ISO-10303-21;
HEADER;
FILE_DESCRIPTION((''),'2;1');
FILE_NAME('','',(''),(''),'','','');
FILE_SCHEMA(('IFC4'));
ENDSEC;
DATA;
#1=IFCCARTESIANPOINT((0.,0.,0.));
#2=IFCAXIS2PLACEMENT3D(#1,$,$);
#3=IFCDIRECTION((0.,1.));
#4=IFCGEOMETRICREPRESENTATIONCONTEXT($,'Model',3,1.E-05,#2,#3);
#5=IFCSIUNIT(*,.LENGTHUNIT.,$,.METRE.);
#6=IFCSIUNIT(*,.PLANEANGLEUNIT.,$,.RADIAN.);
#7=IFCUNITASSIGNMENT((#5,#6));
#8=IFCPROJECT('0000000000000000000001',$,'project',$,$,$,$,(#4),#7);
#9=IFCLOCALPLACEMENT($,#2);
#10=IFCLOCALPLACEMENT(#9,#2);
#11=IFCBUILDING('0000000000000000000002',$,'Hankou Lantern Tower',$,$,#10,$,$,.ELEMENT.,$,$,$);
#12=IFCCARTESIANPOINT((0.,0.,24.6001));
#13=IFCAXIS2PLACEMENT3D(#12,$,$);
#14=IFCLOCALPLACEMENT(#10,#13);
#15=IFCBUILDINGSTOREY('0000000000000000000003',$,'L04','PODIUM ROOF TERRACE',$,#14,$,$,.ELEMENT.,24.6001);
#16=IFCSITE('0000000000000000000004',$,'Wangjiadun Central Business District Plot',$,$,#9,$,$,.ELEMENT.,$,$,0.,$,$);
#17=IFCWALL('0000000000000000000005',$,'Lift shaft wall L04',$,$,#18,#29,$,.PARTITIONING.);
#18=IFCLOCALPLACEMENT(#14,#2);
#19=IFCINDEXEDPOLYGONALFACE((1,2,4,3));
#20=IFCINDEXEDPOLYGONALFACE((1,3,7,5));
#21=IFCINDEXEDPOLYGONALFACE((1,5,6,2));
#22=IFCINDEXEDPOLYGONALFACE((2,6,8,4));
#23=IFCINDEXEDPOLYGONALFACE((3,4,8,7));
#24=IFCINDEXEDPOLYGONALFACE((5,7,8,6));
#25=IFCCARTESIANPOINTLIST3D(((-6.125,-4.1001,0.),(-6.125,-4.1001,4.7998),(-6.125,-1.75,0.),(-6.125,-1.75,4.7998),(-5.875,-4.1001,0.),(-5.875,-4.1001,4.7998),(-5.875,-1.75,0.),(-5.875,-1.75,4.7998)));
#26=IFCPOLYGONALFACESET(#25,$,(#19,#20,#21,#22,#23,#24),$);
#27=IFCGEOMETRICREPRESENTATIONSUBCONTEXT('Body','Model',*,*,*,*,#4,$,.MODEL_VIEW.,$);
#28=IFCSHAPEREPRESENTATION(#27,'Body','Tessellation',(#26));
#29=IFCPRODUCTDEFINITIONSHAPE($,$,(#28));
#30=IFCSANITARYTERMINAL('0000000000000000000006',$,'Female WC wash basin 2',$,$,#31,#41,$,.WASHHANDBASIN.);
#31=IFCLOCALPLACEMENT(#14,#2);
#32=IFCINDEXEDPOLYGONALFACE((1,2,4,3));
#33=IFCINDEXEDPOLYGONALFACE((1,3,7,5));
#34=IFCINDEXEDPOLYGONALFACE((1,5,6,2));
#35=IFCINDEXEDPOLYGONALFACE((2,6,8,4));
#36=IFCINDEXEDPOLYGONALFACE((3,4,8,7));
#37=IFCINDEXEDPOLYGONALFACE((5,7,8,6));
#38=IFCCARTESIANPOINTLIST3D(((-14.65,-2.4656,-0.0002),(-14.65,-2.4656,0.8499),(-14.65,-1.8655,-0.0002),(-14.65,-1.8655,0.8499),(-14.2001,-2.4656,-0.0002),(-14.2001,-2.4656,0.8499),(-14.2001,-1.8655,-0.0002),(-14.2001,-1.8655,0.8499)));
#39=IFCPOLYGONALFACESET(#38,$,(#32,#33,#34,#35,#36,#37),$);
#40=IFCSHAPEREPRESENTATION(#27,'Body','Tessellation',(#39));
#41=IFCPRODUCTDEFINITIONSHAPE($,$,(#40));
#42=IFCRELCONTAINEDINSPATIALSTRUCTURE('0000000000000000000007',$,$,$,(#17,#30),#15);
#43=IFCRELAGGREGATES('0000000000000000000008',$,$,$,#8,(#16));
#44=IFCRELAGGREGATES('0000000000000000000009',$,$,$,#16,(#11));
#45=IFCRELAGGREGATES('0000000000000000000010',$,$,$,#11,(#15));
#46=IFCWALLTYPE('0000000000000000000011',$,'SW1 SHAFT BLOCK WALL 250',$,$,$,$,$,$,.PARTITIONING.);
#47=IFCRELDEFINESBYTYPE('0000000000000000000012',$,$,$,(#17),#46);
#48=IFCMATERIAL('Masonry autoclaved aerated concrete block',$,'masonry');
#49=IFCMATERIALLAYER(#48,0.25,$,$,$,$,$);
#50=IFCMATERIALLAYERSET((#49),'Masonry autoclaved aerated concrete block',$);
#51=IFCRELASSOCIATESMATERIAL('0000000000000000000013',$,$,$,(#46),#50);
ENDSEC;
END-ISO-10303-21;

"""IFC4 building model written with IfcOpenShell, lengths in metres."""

from ifc_helpers import new_model, si_unit, direction, frame, frame_2d, origin, origin_2d, place, context, subcontext, project, spatial, rectangle, extrude, material, layer, layer_set, type_object, element, save


model = new_model("IFC4")

# Units and contexts
model_context = context("Model", 3, precision=1e-05, world=origin(), true_north=direction((0.0, 1.0)))
body_context = subcontext(model_context, "Body", "Model", "MODEL_VIEW")
ifc_project = project(units=[si_unit("LENGTHUNIT", "METRE"), si_unit("PLANEANGLEUNIT", "RADIAN")], contexts=[model_context])

# Site, building, storey
site_placement = place(None, origin())
site = spatial("IfcSite", under=ifc_project, at=site_placement, Name="Wangjiadun Central Business District Plot", CompositionType="ELEMENT", RefElevation=0.0)
building_placement = place(site_placement, origin())
building = spatial("IfcBuilding", under=site, at=building_placement, Name="Hankou Lantern Tower", CompositionType="ELEMENT")
storey_placement = place(building_placement, frame((0.0, 0.0, 24.6001)))
storey = spatial("IfcBuildingStorey", under=building, at=storey_placement, Name="L04", Description="PODIUM ROOF TERRACE", CompositionType="ELEMENT", Elevation=24.6001)

# Wall
ifc_material_1 = material(Name="Masonry autoclaved aerated concrete block", Category="masonry")
ifc_layer_1 = layer(ifc_material_1, 0.25)
ifc_layer_set_1 = layer_set([ifc_layer_1], Name="Masonry autoclaved aerated concrete block")
wall_type_1 = type_object("IfcWallType", Name="SW1 SHAFT BLOCK WALL 250", PredefinedType="PARTITIONING", material=ifc_layer_set_1)
wall_1_placement = place(storey_placement, frame((-6.0, -4.1001, 0.0), z_axis=(0.0, 0.0, 1.0), x_axis=(0.0, 1.0, 0.0)))
element("IfcWall", 1, at=wall_1_placement, inside=storey, type_object=wall_type_1, Name="Lift shaft wall L04", PredefinedType="PARTITIONING", context=body_context, shape_type="SweptSolid", body=[
    extrude(rectangle(XDim=2.3501, YDim=0.25, at=frame_2d((1.175, 0.0))), origin(), (0.0, 0.0, 1.0), 4.7998),
])

# Sanitary terminal
sanitary_terminal_placement = place(storey_placement, frame((-14.425, -2.1655, -0.0002), z_axis=(0.0, 0.0, 1.0), x_axis=(0.0, 1.0, 0.0)))
element("IfcSanitaryTerminal", 2, at=sanitary_terminal_placement, inside=storey, Name="Female WC wash basin 2", PredefinedType="WASHHANDBASIN", context=body_context, shape_type="SweptSolid", body=[
    extrude(rectangle(XDim=0.6001, YDim=0.45, at=origin_2d()), origin(), (0.0, 0.0, 1.0), 0.8501),
])

save(model, "model.ifc")
